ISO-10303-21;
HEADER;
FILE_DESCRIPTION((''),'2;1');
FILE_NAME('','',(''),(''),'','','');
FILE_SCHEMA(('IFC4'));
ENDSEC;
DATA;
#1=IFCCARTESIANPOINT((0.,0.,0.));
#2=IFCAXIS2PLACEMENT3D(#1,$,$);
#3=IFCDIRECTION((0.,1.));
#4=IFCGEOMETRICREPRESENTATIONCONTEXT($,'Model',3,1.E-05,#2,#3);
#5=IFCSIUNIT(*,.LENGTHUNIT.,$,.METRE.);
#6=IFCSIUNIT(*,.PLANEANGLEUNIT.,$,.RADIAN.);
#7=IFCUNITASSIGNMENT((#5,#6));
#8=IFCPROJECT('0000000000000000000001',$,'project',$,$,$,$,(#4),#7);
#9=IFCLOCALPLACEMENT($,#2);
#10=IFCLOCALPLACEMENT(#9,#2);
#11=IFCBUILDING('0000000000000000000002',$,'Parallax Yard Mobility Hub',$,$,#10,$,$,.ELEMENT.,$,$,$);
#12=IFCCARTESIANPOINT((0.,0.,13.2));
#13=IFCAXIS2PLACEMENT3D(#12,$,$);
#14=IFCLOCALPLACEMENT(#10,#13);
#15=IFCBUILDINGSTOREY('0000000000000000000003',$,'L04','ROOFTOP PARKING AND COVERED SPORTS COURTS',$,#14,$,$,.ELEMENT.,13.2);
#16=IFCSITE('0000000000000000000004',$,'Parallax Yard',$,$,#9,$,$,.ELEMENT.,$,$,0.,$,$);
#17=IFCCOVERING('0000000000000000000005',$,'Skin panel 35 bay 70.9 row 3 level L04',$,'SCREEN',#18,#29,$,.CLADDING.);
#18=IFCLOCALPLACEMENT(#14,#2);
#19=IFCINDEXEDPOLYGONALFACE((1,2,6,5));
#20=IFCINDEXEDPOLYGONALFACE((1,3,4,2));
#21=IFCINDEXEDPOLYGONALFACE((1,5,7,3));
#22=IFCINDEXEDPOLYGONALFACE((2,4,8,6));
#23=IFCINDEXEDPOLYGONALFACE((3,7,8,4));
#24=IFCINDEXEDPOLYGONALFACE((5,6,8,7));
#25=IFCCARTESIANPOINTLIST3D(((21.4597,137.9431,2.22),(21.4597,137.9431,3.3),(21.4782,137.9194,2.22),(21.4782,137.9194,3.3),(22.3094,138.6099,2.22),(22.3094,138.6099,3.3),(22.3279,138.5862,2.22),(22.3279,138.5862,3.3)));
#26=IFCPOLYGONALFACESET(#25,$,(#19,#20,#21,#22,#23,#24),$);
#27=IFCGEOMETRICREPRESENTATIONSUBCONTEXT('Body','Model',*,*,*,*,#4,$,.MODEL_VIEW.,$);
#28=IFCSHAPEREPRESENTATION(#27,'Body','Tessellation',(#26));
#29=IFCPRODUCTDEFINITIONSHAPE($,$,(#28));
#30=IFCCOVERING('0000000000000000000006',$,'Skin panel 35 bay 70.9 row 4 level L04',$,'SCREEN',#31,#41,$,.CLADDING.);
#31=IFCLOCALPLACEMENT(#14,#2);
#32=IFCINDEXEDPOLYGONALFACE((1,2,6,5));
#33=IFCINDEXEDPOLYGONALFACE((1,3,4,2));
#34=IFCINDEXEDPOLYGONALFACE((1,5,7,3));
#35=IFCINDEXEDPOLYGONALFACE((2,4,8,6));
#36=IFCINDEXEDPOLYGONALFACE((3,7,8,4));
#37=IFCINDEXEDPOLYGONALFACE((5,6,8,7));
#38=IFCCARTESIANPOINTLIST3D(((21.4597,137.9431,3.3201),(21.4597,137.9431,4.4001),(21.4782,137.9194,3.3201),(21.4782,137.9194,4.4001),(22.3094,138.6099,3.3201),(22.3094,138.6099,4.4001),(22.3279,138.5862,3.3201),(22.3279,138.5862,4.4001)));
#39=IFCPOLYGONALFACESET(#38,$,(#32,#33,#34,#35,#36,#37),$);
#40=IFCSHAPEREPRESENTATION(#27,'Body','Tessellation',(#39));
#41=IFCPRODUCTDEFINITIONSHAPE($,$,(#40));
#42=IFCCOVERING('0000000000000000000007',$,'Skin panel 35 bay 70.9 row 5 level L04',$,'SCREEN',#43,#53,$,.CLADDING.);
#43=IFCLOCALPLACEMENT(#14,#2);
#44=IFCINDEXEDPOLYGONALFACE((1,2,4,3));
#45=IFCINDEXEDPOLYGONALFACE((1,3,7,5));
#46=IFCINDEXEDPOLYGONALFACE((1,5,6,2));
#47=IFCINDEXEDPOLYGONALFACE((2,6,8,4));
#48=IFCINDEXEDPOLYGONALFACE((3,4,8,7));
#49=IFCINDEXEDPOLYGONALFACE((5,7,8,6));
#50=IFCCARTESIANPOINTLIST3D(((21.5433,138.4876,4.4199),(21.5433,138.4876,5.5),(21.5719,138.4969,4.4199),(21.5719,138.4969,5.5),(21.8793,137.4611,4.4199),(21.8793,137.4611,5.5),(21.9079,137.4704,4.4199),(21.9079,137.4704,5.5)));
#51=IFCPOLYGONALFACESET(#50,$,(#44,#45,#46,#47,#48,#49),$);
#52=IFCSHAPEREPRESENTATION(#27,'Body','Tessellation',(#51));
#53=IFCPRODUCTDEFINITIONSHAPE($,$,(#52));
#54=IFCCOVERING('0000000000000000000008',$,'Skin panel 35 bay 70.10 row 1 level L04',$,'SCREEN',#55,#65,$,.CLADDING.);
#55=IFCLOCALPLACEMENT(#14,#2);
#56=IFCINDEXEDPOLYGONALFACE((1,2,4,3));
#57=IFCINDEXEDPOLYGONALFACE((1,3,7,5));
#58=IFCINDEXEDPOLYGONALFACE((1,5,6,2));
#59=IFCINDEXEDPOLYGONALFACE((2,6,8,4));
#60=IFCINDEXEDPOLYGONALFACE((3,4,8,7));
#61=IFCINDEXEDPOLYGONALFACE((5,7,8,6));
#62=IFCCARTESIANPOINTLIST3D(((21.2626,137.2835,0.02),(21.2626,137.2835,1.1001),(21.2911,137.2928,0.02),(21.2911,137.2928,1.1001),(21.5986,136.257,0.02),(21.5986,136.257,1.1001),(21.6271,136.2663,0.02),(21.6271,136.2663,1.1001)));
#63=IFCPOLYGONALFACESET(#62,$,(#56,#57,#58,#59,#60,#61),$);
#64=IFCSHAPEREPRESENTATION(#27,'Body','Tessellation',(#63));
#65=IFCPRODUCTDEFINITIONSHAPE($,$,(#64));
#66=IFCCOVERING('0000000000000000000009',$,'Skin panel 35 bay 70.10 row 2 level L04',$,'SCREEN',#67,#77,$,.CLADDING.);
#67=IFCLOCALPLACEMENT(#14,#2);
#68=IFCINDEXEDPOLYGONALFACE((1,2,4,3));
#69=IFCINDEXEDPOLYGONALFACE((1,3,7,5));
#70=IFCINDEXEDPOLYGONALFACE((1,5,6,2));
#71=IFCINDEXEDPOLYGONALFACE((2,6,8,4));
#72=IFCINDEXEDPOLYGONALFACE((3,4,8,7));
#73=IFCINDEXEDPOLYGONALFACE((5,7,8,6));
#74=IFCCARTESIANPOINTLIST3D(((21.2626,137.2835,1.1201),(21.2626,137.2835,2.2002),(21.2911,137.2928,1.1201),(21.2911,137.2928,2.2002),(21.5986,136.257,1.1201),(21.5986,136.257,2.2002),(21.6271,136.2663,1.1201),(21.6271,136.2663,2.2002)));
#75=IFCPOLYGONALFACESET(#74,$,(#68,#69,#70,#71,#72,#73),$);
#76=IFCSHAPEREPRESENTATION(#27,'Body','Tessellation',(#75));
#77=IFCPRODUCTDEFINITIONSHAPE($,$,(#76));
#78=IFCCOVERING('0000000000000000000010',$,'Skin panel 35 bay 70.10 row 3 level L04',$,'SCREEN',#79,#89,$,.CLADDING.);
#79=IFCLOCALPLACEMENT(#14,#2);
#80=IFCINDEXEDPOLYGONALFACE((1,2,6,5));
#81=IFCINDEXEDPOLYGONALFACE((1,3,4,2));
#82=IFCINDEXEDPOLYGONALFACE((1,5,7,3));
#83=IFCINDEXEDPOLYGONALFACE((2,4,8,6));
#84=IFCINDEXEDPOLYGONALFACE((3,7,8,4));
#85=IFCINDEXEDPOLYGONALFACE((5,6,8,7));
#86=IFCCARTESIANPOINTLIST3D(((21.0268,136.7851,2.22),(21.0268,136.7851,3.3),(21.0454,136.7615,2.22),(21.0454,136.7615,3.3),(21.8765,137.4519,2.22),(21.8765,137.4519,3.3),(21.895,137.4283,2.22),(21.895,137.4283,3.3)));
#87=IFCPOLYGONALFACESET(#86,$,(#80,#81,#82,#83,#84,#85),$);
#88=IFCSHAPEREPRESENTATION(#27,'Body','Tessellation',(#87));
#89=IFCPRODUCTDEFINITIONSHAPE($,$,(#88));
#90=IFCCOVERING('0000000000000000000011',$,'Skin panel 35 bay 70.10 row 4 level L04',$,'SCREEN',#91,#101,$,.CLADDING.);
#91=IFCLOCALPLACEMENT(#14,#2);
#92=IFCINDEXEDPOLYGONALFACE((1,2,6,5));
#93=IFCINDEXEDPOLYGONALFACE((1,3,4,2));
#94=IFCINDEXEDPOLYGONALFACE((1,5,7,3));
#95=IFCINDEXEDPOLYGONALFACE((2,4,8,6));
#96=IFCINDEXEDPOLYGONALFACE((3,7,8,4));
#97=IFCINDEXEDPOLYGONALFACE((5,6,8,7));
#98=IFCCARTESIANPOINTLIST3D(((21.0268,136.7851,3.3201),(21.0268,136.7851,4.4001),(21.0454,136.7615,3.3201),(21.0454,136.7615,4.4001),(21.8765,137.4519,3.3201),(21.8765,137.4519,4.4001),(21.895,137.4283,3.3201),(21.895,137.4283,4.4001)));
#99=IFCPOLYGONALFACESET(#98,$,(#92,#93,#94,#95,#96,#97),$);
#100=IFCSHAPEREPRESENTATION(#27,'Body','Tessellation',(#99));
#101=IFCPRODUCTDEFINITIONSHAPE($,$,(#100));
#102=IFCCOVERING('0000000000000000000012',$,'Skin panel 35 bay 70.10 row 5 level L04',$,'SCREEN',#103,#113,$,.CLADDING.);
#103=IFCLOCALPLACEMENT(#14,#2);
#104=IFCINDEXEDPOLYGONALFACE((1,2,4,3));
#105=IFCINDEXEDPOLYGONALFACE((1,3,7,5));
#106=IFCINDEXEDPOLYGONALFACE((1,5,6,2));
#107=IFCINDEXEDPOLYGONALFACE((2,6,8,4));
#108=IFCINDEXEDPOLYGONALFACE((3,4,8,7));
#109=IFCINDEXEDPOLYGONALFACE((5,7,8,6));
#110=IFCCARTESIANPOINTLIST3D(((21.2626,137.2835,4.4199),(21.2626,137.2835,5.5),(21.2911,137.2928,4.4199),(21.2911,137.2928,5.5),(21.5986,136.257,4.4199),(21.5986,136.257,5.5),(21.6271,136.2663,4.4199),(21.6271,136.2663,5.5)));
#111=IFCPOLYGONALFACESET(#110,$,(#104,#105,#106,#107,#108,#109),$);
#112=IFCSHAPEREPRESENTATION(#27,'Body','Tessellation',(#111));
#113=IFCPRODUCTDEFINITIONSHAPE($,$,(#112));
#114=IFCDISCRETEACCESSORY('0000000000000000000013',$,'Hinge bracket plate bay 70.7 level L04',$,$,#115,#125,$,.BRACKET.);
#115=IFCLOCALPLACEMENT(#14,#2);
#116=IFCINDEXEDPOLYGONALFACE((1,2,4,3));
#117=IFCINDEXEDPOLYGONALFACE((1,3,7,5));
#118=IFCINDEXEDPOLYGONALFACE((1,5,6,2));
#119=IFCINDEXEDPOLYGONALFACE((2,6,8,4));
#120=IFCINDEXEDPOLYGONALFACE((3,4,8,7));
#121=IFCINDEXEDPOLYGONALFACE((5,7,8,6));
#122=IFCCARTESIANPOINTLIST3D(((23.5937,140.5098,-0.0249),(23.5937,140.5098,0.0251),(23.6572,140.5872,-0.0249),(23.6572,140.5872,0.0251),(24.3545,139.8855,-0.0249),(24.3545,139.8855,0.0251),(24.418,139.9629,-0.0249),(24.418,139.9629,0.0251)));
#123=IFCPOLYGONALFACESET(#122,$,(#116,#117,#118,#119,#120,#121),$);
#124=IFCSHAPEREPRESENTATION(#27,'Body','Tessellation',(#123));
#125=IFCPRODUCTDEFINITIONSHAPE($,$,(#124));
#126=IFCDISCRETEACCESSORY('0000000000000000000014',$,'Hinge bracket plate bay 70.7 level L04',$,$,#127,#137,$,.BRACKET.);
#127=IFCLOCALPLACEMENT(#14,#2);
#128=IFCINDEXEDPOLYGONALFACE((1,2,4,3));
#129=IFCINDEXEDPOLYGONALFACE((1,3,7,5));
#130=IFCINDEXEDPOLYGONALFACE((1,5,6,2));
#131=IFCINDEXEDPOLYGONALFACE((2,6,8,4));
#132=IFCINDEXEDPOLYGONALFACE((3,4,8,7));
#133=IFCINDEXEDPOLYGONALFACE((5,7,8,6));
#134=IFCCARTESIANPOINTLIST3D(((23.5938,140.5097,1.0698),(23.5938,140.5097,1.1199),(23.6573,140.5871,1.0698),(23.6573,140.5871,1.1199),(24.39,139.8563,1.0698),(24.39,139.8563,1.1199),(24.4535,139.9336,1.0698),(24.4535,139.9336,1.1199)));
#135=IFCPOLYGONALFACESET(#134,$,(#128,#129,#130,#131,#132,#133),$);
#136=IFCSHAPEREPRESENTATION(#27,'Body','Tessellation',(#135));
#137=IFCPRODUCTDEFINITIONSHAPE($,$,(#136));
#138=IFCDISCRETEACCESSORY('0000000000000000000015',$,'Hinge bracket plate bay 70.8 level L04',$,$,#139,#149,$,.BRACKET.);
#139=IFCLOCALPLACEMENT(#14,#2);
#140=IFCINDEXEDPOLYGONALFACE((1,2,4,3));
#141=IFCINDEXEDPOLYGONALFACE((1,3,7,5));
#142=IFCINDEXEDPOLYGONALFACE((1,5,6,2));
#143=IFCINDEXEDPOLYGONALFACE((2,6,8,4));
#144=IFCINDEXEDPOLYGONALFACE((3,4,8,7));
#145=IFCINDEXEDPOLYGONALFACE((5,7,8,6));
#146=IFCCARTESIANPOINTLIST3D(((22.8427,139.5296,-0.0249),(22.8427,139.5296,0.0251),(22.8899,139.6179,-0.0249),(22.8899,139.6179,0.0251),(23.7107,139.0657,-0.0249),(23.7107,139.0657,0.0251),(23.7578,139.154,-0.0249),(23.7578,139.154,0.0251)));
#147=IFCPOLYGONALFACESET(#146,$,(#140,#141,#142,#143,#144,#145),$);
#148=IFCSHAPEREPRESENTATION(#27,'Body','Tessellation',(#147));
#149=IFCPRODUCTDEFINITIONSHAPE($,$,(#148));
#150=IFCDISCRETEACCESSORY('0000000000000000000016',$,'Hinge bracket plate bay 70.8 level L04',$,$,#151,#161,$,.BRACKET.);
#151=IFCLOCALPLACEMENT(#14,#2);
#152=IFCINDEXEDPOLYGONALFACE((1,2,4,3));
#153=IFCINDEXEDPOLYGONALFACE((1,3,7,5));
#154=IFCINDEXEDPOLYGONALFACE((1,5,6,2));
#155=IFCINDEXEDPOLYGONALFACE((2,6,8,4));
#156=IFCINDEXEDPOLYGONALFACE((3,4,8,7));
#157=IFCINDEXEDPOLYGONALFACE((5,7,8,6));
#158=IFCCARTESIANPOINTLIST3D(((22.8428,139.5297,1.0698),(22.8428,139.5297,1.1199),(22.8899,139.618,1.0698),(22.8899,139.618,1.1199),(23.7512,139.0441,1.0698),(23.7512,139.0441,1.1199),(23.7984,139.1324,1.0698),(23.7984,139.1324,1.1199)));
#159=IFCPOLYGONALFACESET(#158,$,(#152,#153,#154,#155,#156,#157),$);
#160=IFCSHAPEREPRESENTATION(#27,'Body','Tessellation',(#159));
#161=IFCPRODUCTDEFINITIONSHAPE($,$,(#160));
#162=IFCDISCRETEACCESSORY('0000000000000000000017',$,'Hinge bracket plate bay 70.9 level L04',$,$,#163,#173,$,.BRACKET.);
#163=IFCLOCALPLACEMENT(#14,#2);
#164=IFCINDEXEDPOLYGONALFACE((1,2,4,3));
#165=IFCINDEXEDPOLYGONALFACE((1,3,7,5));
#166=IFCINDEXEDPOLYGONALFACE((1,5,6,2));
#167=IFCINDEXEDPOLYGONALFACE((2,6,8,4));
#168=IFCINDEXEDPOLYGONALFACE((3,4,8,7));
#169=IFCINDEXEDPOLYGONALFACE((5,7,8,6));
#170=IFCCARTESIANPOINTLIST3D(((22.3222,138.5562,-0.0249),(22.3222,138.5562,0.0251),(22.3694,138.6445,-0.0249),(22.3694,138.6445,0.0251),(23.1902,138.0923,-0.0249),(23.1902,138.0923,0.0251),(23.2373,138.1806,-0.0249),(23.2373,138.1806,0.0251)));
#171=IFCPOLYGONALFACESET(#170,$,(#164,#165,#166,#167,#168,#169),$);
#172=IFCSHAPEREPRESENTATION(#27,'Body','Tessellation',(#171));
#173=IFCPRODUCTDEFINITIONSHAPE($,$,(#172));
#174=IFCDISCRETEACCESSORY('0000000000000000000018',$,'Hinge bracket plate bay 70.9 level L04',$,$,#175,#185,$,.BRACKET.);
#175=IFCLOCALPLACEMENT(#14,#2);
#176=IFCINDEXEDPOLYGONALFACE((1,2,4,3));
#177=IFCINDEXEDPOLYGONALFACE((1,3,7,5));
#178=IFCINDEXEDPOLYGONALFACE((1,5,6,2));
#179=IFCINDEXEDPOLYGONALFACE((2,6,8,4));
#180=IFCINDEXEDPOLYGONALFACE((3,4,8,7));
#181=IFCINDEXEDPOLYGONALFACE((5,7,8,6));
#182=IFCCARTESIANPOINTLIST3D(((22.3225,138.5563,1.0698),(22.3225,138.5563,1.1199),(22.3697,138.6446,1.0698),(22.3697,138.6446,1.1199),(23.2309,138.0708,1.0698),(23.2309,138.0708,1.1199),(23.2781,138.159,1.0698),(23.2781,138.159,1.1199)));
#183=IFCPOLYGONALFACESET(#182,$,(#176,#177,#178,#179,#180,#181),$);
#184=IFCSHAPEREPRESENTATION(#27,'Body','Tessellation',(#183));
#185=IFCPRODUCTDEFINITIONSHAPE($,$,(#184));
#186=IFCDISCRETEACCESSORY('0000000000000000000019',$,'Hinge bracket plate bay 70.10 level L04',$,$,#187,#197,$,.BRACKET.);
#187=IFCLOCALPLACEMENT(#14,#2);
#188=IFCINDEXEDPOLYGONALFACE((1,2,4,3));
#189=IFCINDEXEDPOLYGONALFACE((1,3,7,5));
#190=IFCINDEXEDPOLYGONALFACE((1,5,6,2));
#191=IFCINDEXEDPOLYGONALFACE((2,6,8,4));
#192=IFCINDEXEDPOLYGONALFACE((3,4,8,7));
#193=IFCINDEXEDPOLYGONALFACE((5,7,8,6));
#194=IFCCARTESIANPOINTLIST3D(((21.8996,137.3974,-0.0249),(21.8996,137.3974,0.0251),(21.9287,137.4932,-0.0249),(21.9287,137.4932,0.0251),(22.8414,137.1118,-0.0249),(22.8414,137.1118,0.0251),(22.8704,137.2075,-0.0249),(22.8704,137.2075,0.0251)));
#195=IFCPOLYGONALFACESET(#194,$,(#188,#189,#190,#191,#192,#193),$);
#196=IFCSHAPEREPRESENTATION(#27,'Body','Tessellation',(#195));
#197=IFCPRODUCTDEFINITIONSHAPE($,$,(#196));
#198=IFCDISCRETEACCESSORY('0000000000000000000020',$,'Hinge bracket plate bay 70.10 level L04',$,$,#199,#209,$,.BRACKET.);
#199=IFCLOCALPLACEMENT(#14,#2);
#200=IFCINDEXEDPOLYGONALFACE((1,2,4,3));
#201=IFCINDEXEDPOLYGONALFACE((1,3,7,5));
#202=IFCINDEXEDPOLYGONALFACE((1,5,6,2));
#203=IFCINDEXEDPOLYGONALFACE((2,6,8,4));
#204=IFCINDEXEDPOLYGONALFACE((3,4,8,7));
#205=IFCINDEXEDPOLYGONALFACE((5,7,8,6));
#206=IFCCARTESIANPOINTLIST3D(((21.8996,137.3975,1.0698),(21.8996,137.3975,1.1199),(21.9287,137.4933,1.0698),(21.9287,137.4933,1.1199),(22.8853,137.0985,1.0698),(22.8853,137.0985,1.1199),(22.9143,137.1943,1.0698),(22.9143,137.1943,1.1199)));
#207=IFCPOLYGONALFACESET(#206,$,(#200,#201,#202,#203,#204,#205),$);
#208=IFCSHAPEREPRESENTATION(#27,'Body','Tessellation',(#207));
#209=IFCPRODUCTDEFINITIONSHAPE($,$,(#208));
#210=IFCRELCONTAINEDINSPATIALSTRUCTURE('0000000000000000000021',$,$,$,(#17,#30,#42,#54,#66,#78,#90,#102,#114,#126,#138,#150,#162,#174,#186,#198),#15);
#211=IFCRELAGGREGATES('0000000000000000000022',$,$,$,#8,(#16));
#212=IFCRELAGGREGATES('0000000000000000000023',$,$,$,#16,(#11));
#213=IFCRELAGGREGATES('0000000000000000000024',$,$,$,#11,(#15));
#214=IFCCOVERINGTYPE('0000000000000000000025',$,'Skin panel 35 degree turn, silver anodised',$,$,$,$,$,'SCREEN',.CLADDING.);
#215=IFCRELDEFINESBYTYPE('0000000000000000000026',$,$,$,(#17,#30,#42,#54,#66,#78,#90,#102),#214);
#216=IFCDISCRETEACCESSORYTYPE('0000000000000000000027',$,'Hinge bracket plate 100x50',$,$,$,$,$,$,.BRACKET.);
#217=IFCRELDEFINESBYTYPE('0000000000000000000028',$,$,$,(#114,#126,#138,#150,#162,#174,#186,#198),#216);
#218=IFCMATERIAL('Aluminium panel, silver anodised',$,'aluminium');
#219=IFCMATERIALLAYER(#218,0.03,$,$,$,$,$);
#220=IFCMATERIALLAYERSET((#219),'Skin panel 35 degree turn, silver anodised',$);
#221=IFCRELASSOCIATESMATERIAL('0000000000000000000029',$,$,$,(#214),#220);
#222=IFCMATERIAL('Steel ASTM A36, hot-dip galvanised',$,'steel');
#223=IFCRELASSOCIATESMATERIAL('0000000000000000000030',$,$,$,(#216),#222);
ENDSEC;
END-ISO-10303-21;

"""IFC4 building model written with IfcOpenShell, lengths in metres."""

from ifc_helpers import new_model, si_unit, direction, frame, origin, origin_2d, place, context, subcontext, project, spatial, rectangle, extrude, material, layer, layer_set, type_object, element, save


model = new_model("IFC4")

# Units and contexts
model_context = context("Model", 3, precision=1e-05, world=origin(), true_north=direction((0.0, 1.0)))
body_context = subcontext(model_context, "Body", "Model", "MODEL_VIEW")
ifc_project = project(units=[si_unit("LENGTHUNIT", "METRE"), si_unit("PLANEANGLEUNIT", "RADIAN")], contexts=[model_context])

# Site, building, storey
site_placement = place(None, origin())
site = spatial("IfcSite", under=ifc_project, at=site_placement, Name="Parallax Yard", CompositionType="ELEMENT", RefElevation=0.0)
building_placement = place(site_placement, origin())
building = spatial("IfcBuilding", under=site, at=building_placement, Name="Parallax Yard Mobility Hub", CompositionType="ELEMENT")
storey_placement = place(building_placement, frame((0.0, 0.0, 13.2)))
storey = spatial("IfcBuildingStorey", under=building, at=storey_placement, Name="L04", Description="ROOFTOP PARKING AND COVERED SPORTS COURTS", CompositionType="ELEMENT", Elevation=13.2)

# Coverings
ifc_material_1 = material(Name="Aluminium panel, silver anodised", Category="aluminium")
ifc_layer_1 = layer(ifc_material_1, 0.03)
ifc_layer_set_1 = layer_set([ifc_layer_1], Name="Skin panel 35 degree turn, silver anodised")
covering_type_1 = type_object("IfcCoveringType", Name="Skin panel 35 degree turn, silver anodised", ElementType="SCREEN", PredefinedType="CLADDING", material=ifc_layer_set_1)
for number, where, z_axis, x_axis, name in (
    (1, (21.8938, 138.2646, 2.22), (0.0, 0.0, 1.0), (-0.786666, -0.617379, 0.0), "Skin panel 35 bay 70.9 row 3 level L04"),
    (2, (21.8938, 138.2646, 3.3201), (0.0, 0.0, 1.0), (-0.786666, -0.617379, 0.0), "Skin panel 35 bay 70.9 row 4 level L04"),
    (3, (21.7256, 137.979, 4.4199), (0.0, 0.0, 1.0), (-0.311091, 0.95038, 0.0), "Skin panel 35 bay 70.9 row 5 level L04"),
    (4, (21.4448, 136.7749, 0.02), (0.0, 0.0, 1.0), (-0.311091, 0.95038, 0.0), "Skin panel 35 bay 70.10 row 1 level L04"),
    (5, (21.4448, 136.7749, 1.1201), (0.0, 0.0, 1.0), (-0.311091, 0.95038, 0.0), "Skin panel 35 bay 70.10 row 2 level L04"),
    (6, (21.4609, 137.1067, 2.22), (0.0, 0.0, 1.0), (-0.786666, -0.617379, 0.0), "Skin panel 35 bay 70.10 row 3 level L04"),
    (7, (21.4609, 137.1067, 3.3201), (0.0, 0.0, 1.0), (-0.786666, -0.617379, 0.0), "Skin panel 35 bay 70.10 row 4 level L04"),
    (8, (21.4448, 136.7749, 4.4199), (0.0, 0.0, 1.0), (-0.311091, 0.95038, 0.0), "Skin panel 35 bay 70.10 row 5 level L04"),
):
    element("IfcCovering", number, at=place(storey_placement, frame(where, z_axis=z_axis, x_axis=x_axis)), inside=storey, type_object=covering_type_1, Name=name, ObjectType="SCREEN", PredefinedType="CLADDING", context=body_context, shape_type="SweptSolid", body=[
        extrude(rectangle(XDim=1.0801, YDim=0.03, at=origin_2d()), origin(), (0.0, 0.0, 1.0), 1.0801),
    ])

# Discrete accessories
ifc_material_2 = material(Name="Steel ASTM A36, hot-dip galvanised", Category="steel")
discrete_accessory_type_1 = type_object("IfcDiscreteAccessoryType", Name="Hinge bracket plate 100x50", PredefinedType="BRACKET", material=ifc_material_2)
discrete_accessory_1_placement = place(storey_placement, frame((24.0059, 140.2363, -0.0249), z_axis=(0.0, 0.0, 1.0), x_axis=(-0.77301, 0.634393, 0.0)))
element("IfcDiscreteAccessory", 9, at=discrete_accessory_1_placement, inside=storey, type_object=discrete_accessory_type_1, Name="Hinge bracket plate bay 70.7 level L04", PredefinedType="BRACKET", context=body_context, shape_type="SweptSolid", body=[
    extrude(rectangle(XDim=0.9841, YDim=0.1001, at=origin_2d()), origin(), (0.0, 0.0, 1.0), 0.05),
])
discrete_accessory_2_placement = place(storey_placement, frame((24.0237, 140.2217, 1.0698), z_axis=(0.0, 0.0, 1.0), x_axis=(-0.77301, 0.634393, 0.0)))
element("IfcDiscreteAccessory", 10, at=discrete_accessory_2_placement, inside=storey, type_object=discrete_accessory_type_1, Name="Hinge bracket plate bay 70.7 level L04", PredefinedType="BRACKET", context=body_context, shape_type="SweptSolid", body=[
    extrude(rectangle(XDim=1.03, YDim=0.1001, at=origin_2d()), origin(), (0.0, 0.0, 1.0), 0.05),
])
discrete_accessory_3_placement = place(storey_placement, frame((23.3003, 139.3418, -0.0249), z_axis=(0.0, 0.0, 1.0), x_axis=(-0.881921, 0.471397, 0.0)))
element("IfcDiscreteAccessory", 11, at=discrete_accessory_3_placement, inside=storey, type_object=discrete_accessory_type_1, Name="Hinge bracket plate bay 70.8 level L04", PredefinedType="BRACKET", context=body_context, shape_type="SweptSolid", body=[
    extrude(rectangle(XDim=0.9841, YDim=0.1001, at=origin_2d()), origin(), (0.0, 0.0, 1.0), 0.05),
])
discrete_accessory_4_placement = place(storey_placement, frame((23.3206, 139.3311, 1.0698), z_axis=(0.0, 0.0, 1.0), x_axis=(-0.881921, 0.471397, 0.0)))
element("IfcDiscreteAccessory", 12, at=discrete_accessory_4_placement, inside=storey, type_object=discrete_accessory_type_1, Name="Hinge bracket plate bay 70.8 level L04", PredefinedType="BRACKET", context=body_context, shape_type="SweptSolid", body=[
    extrude(rectangle(XDim=1.03, YDim=0.1001, at=origin_2d()), origin(), (0.0, 0.0, 1.0), 0.05),
])
discrete_accessory_5_placement = place(storey_placement, frame((22.7798, 138.3684, -0.0249), z_axis=(0.0, 0.0, 1.0), x_axis=(-0.881921, 0.471397, 0.0)))
element("IfcDiscreteAccessory", 13, at=discrete_accessory_5_placement, inside=storey, type_object=discrete_accessory_type_1, Name="Hinge bracket plate bay 70.9 level L04", PredefinedType="BRACKET", context=body_context, shape_type="SweptSolid", body=[
    extrude(rectangle(XDim=0.9841, YDim=0.1001, at=origin_2d()), origin(), (0.0, 0.0, 1.0), 0.05),
])
discrete_accessory_6_placement = place(storey_placement, frame((22.8003, 138.3577, 1.0698), z_axis=(0.0, 0.0, 1.0), x_axis=(-0.881921, 0.471397, 0.0)))
element("IfcDiscreteAccessory", 14, at=discrete_accessory_6_placement, inside=storey, type_object=discrete_accessory_type_1, Name="Hinge bracket plate bay 70.9 level L04", PredefinedType="BRACKET", context=body_context, shape_type="SweptSolid", body=[
    extrude(rectangle(XDim=1.03, YDim=0.1001, at=origin_2d()), origin(), (0.0, 0.0, 1.0), 0.05),
])
discrete_accessory_7_placement = place(storey_placement, frame((22.385, 137.3025, -0.0249), z_axis=(0.0, 0.0, 1.0), x_axis=(-0.95694, 0.290285, 0.0)))
element("IfcDiscreteAccessory", 15, at=discrete_accessory_7_placement, inside=storey, type_object=discrete_accessory_type_1, Name="Hinge bracket plate bay 70.10 level L04", PredefinedType="BRACKET", context=body_context, shape_type="SweptSolid", body=[
    extrude(rectangle(XDim=0.9841, YDim=0.1001, at=origin_2d()), origin(), (0.0, 0.0, 1.0), 0.05),
])
discrete_accessory_8_placement = place(storey_placement, frame((22.407, 137.2959, 1.0698), z_axis=(0.0, 0.0, 1.0), x_axis=(-0.95694, 0.290285, 0.0)))
element("IfcDiscreteAccessory", 16, at=discrete_accessory_8_placement, inside=storey, type_object=discrete_accessory_type_1, Name="Hinge bracket plate bay 70.10 level L04", PredefinedType="BRACKET", context=body_context, shape_type="SweptSolid", body=[
    extrude(rectangle(XDim=1.03, YDim=0.1001, at=origin_2d()), origin(), (0.0, 0.0, 1.0), 0.05),
])

save(model, "model.ifc")
